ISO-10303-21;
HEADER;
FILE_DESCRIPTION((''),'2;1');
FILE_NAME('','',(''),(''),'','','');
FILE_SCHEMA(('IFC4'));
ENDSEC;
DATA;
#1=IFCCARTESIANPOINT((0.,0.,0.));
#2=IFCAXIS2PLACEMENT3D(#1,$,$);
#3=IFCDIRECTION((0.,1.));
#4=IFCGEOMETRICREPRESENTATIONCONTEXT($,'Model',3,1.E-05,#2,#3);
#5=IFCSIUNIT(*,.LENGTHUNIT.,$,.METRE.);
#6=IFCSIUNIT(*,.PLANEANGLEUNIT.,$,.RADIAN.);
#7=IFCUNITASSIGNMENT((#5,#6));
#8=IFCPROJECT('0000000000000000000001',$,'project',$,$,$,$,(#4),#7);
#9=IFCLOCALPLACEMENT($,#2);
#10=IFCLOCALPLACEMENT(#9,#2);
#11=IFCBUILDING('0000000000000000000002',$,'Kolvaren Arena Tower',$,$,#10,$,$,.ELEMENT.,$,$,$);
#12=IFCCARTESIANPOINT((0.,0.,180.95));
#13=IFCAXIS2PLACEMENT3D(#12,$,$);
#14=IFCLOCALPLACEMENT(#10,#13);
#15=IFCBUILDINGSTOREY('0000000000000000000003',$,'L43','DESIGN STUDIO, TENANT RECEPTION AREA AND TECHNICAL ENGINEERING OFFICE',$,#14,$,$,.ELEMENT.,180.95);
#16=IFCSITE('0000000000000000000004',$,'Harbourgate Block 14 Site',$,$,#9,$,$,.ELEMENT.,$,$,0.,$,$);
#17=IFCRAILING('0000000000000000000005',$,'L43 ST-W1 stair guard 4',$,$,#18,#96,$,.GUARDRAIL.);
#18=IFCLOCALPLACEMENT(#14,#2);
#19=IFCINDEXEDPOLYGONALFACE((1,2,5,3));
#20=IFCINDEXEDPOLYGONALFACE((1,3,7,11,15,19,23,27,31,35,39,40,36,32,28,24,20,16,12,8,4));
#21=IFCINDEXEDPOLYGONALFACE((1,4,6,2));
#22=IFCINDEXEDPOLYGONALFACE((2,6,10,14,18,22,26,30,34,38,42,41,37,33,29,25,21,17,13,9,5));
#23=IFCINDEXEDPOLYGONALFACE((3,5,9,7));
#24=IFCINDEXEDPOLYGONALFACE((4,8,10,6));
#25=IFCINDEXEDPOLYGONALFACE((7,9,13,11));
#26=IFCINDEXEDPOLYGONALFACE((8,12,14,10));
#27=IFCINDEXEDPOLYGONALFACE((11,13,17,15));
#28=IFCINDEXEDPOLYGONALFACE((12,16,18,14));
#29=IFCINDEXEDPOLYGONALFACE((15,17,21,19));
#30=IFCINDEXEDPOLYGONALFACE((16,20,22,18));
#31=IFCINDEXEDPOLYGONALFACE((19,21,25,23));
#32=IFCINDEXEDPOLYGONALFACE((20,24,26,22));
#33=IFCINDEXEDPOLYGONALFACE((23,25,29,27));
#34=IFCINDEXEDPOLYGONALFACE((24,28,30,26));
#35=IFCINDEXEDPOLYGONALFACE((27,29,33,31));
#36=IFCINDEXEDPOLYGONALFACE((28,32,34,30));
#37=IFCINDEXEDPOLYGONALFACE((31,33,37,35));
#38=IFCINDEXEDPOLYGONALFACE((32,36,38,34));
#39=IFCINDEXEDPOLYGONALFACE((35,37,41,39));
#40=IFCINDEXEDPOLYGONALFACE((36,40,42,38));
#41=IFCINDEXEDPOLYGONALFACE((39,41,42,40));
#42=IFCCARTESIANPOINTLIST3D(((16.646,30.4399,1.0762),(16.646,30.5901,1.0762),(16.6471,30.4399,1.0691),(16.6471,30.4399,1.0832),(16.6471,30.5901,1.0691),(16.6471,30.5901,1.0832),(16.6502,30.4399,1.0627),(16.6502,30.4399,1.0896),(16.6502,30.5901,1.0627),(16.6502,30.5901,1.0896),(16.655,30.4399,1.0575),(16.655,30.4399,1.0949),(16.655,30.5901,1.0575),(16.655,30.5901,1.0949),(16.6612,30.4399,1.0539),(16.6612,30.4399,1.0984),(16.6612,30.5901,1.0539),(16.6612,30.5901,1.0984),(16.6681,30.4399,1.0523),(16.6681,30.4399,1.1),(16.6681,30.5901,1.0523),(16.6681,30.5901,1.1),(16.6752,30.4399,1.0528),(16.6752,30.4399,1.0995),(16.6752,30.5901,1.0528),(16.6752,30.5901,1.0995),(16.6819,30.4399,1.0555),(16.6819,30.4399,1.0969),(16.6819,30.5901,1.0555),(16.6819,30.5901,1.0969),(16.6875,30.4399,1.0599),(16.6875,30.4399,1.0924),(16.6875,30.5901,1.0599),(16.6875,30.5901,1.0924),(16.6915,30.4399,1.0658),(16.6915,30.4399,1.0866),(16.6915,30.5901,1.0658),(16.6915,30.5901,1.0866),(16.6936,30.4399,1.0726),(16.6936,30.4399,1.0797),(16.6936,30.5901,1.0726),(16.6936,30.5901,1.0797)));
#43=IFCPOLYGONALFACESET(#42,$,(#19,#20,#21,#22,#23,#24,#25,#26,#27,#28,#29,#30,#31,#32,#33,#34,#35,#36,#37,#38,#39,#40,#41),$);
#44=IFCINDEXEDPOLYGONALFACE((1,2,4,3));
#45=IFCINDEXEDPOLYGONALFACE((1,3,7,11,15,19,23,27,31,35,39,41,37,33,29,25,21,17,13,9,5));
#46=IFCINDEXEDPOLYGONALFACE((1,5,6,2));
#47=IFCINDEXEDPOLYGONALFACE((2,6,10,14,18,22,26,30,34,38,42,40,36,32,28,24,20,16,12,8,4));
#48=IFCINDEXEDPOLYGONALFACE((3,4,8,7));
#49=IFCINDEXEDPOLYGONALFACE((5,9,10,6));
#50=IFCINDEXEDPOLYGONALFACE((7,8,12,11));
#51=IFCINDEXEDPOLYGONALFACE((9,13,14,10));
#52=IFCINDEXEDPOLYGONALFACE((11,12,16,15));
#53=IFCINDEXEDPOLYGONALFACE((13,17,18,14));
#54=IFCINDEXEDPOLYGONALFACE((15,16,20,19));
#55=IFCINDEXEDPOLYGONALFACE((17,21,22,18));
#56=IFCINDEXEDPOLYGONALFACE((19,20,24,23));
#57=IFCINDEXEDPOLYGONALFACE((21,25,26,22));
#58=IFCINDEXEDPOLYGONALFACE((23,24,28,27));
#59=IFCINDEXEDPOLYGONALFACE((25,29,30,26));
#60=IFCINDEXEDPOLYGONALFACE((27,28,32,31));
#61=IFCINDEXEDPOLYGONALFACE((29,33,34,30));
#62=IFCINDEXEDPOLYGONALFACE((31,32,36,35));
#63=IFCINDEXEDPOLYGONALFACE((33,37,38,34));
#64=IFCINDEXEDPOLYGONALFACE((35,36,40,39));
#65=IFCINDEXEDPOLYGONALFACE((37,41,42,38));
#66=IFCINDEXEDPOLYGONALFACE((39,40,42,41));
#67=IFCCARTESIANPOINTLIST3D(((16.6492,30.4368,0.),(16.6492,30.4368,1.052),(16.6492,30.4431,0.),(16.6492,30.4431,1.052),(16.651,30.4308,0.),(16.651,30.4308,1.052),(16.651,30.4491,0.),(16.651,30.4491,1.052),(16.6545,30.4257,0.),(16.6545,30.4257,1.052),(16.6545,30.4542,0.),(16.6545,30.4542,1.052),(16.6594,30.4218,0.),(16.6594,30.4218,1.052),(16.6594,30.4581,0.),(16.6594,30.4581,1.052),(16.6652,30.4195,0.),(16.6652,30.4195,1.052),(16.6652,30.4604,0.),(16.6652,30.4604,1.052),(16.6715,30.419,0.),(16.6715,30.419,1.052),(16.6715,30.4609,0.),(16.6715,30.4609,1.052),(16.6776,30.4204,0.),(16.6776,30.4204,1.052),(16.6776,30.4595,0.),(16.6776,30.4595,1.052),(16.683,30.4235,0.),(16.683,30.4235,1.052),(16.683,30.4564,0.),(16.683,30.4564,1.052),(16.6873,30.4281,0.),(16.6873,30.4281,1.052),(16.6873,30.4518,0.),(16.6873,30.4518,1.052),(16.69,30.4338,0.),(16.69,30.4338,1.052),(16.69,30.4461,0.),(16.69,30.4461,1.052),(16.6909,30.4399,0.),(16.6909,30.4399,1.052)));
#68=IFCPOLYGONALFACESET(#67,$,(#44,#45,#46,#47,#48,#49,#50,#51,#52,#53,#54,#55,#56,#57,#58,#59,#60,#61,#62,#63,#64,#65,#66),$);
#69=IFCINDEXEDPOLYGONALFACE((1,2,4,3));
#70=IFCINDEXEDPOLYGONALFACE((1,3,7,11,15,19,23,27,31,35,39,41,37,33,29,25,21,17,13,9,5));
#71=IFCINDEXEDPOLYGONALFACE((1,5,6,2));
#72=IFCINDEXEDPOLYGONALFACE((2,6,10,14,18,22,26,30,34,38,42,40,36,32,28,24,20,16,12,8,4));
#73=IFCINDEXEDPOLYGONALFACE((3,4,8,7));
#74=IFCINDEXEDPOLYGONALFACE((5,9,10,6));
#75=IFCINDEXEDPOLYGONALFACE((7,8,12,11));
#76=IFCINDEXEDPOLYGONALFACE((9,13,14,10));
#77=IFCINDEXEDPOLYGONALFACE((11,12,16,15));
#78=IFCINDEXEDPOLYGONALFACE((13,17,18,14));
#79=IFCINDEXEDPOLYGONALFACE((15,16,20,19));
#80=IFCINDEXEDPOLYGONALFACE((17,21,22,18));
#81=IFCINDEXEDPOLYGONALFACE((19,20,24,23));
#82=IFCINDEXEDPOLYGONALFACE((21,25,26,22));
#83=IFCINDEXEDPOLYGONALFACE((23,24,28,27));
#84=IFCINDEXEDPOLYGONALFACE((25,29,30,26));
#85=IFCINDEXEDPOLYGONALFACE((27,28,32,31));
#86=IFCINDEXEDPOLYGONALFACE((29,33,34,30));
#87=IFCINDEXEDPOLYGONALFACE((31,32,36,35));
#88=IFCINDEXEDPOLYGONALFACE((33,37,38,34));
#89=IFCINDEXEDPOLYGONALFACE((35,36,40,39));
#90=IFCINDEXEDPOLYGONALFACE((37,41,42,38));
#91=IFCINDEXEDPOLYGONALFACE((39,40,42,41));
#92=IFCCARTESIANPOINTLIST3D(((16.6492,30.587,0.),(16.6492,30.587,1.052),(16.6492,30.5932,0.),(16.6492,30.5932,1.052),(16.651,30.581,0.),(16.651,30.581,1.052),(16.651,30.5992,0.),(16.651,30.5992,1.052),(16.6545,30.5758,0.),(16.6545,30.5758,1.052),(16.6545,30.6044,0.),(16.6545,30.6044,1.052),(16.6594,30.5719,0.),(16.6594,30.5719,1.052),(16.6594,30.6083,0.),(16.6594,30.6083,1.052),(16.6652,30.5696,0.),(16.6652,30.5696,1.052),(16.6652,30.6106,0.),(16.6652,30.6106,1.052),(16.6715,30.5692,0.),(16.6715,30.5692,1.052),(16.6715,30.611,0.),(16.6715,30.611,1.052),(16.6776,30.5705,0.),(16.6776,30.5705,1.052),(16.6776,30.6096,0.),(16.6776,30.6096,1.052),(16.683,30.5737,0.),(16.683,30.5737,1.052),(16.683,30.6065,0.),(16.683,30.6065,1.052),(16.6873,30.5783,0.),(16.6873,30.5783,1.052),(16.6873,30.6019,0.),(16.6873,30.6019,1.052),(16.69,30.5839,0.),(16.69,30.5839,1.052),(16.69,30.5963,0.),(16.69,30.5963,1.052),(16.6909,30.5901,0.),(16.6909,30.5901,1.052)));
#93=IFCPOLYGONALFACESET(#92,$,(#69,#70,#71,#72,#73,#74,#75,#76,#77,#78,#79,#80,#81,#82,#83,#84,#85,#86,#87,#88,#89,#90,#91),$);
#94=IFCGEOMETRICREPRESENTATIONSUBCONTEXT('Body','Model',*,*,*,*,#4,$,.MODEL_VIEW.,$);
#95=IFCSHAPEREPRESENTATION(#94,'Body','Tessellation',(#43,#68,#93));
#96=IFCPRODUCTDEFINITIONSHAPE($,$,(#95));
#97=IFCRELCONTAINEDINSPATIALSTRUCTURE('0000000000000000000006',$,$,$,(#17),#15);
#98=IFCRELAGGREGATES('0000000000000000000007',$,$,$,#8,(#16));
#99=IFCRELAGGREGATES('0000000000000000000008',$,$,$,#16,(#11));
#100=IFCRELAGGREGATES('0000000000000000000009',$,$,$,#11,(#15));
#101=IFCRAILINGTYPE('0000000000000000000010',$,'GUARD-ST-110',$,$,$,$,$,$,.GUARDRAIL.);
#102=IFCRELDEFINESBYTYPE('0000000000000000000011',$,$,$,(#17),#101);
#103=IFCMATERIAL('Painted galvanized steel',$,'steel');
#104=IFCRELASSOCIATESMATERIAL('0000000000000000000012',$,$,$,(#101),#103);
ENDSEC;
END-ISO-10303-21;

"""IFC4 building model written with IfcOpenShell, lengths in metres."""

from ifc_helpers import new_model, si_unit, direction, frame, origin, origin_2d, place, context, subcontext, project, spatial, circle, extrude, material, type_object, element, save


model = new_model("IFC4")

# Units and contexts
model_context = context("Model", 3, precision=1e-05, world=origin(), true_north=direction((0.0, 1.0)))
body_context = subcontext(model_context, "Body", "Model", "MODEL_VIEW")
ifc_project = project(units=[si_unit("LENGTHUNIT", "METRE"), si_unit("PLANEANGLEUNIT", "RADIAN")], contexts=[model_context])

# Site, building, storey
site_placement = place(None, origin())
site = spatial("IfcSite", under=ifc_project, at=site_placement, Name="Harbourgate Block 14 Site", CompositionType="ELEMENT", RefElevation=0.0)
building_placement = place(site_placement, origin())
building = spatial("IfcBuilding", under=site, at=building_placement, Name="Kolvaren Arena Tower", CompositionType="ELEMENT")
storey_placement = place(building_placement, frame((0.0, 0.0, 180.95)))
storey = spatial("IfcBuildingStorey", under=building, at=storey_placement, Name="L43", Description="DESIGN STUDIO, TENANT RECEPTION AREA AND TECHNICAL ENGINEERING OFFICE", CompositionType="ELEMENT", Elevation=180.95)

# Railing
ifc_material_1 = material(Name="Painted galvanized steel", Category="steel")
railing_type_1 = type_object("IfcRailingType", Name="GUARD-ST-110", PredefinedType="GUARDRAIL", material=ifc_material_1)
railing_1_placement = place(storey_placement, frame((16.6699, 30.4399, 0.0)))
element("IfcRailing", 1, at=railing_1_placement, inside=storey, type_object=railing_type_1, Name="L43 ST-W1 stair guard 4", PredefinedType="GUARDRAIL", context=body_context, shape_type="SweptSolid", body=[
    extrude(circle(Radius=0.0239, at=origin_2d()), frame((0.0, 0.0, 1.0762), z_axis=(0.0, 1.0, 0.0), x_axis=(-1.0, 0.0, 0.0)), (0.0, 0.0, 1.0), 0.1501),
    extrude(circle(Radius=0.021, at=origin_2d()), origin(), (0.0, 0.0, 1.0), 1.052),
    extrude(circle(Radius=0.021, at=origin_2d()), frame((0.0, 0.1501, 0.0)), (0.0, 0.0, 1.0), 1.052),
])

save(model, "model.ifc")
